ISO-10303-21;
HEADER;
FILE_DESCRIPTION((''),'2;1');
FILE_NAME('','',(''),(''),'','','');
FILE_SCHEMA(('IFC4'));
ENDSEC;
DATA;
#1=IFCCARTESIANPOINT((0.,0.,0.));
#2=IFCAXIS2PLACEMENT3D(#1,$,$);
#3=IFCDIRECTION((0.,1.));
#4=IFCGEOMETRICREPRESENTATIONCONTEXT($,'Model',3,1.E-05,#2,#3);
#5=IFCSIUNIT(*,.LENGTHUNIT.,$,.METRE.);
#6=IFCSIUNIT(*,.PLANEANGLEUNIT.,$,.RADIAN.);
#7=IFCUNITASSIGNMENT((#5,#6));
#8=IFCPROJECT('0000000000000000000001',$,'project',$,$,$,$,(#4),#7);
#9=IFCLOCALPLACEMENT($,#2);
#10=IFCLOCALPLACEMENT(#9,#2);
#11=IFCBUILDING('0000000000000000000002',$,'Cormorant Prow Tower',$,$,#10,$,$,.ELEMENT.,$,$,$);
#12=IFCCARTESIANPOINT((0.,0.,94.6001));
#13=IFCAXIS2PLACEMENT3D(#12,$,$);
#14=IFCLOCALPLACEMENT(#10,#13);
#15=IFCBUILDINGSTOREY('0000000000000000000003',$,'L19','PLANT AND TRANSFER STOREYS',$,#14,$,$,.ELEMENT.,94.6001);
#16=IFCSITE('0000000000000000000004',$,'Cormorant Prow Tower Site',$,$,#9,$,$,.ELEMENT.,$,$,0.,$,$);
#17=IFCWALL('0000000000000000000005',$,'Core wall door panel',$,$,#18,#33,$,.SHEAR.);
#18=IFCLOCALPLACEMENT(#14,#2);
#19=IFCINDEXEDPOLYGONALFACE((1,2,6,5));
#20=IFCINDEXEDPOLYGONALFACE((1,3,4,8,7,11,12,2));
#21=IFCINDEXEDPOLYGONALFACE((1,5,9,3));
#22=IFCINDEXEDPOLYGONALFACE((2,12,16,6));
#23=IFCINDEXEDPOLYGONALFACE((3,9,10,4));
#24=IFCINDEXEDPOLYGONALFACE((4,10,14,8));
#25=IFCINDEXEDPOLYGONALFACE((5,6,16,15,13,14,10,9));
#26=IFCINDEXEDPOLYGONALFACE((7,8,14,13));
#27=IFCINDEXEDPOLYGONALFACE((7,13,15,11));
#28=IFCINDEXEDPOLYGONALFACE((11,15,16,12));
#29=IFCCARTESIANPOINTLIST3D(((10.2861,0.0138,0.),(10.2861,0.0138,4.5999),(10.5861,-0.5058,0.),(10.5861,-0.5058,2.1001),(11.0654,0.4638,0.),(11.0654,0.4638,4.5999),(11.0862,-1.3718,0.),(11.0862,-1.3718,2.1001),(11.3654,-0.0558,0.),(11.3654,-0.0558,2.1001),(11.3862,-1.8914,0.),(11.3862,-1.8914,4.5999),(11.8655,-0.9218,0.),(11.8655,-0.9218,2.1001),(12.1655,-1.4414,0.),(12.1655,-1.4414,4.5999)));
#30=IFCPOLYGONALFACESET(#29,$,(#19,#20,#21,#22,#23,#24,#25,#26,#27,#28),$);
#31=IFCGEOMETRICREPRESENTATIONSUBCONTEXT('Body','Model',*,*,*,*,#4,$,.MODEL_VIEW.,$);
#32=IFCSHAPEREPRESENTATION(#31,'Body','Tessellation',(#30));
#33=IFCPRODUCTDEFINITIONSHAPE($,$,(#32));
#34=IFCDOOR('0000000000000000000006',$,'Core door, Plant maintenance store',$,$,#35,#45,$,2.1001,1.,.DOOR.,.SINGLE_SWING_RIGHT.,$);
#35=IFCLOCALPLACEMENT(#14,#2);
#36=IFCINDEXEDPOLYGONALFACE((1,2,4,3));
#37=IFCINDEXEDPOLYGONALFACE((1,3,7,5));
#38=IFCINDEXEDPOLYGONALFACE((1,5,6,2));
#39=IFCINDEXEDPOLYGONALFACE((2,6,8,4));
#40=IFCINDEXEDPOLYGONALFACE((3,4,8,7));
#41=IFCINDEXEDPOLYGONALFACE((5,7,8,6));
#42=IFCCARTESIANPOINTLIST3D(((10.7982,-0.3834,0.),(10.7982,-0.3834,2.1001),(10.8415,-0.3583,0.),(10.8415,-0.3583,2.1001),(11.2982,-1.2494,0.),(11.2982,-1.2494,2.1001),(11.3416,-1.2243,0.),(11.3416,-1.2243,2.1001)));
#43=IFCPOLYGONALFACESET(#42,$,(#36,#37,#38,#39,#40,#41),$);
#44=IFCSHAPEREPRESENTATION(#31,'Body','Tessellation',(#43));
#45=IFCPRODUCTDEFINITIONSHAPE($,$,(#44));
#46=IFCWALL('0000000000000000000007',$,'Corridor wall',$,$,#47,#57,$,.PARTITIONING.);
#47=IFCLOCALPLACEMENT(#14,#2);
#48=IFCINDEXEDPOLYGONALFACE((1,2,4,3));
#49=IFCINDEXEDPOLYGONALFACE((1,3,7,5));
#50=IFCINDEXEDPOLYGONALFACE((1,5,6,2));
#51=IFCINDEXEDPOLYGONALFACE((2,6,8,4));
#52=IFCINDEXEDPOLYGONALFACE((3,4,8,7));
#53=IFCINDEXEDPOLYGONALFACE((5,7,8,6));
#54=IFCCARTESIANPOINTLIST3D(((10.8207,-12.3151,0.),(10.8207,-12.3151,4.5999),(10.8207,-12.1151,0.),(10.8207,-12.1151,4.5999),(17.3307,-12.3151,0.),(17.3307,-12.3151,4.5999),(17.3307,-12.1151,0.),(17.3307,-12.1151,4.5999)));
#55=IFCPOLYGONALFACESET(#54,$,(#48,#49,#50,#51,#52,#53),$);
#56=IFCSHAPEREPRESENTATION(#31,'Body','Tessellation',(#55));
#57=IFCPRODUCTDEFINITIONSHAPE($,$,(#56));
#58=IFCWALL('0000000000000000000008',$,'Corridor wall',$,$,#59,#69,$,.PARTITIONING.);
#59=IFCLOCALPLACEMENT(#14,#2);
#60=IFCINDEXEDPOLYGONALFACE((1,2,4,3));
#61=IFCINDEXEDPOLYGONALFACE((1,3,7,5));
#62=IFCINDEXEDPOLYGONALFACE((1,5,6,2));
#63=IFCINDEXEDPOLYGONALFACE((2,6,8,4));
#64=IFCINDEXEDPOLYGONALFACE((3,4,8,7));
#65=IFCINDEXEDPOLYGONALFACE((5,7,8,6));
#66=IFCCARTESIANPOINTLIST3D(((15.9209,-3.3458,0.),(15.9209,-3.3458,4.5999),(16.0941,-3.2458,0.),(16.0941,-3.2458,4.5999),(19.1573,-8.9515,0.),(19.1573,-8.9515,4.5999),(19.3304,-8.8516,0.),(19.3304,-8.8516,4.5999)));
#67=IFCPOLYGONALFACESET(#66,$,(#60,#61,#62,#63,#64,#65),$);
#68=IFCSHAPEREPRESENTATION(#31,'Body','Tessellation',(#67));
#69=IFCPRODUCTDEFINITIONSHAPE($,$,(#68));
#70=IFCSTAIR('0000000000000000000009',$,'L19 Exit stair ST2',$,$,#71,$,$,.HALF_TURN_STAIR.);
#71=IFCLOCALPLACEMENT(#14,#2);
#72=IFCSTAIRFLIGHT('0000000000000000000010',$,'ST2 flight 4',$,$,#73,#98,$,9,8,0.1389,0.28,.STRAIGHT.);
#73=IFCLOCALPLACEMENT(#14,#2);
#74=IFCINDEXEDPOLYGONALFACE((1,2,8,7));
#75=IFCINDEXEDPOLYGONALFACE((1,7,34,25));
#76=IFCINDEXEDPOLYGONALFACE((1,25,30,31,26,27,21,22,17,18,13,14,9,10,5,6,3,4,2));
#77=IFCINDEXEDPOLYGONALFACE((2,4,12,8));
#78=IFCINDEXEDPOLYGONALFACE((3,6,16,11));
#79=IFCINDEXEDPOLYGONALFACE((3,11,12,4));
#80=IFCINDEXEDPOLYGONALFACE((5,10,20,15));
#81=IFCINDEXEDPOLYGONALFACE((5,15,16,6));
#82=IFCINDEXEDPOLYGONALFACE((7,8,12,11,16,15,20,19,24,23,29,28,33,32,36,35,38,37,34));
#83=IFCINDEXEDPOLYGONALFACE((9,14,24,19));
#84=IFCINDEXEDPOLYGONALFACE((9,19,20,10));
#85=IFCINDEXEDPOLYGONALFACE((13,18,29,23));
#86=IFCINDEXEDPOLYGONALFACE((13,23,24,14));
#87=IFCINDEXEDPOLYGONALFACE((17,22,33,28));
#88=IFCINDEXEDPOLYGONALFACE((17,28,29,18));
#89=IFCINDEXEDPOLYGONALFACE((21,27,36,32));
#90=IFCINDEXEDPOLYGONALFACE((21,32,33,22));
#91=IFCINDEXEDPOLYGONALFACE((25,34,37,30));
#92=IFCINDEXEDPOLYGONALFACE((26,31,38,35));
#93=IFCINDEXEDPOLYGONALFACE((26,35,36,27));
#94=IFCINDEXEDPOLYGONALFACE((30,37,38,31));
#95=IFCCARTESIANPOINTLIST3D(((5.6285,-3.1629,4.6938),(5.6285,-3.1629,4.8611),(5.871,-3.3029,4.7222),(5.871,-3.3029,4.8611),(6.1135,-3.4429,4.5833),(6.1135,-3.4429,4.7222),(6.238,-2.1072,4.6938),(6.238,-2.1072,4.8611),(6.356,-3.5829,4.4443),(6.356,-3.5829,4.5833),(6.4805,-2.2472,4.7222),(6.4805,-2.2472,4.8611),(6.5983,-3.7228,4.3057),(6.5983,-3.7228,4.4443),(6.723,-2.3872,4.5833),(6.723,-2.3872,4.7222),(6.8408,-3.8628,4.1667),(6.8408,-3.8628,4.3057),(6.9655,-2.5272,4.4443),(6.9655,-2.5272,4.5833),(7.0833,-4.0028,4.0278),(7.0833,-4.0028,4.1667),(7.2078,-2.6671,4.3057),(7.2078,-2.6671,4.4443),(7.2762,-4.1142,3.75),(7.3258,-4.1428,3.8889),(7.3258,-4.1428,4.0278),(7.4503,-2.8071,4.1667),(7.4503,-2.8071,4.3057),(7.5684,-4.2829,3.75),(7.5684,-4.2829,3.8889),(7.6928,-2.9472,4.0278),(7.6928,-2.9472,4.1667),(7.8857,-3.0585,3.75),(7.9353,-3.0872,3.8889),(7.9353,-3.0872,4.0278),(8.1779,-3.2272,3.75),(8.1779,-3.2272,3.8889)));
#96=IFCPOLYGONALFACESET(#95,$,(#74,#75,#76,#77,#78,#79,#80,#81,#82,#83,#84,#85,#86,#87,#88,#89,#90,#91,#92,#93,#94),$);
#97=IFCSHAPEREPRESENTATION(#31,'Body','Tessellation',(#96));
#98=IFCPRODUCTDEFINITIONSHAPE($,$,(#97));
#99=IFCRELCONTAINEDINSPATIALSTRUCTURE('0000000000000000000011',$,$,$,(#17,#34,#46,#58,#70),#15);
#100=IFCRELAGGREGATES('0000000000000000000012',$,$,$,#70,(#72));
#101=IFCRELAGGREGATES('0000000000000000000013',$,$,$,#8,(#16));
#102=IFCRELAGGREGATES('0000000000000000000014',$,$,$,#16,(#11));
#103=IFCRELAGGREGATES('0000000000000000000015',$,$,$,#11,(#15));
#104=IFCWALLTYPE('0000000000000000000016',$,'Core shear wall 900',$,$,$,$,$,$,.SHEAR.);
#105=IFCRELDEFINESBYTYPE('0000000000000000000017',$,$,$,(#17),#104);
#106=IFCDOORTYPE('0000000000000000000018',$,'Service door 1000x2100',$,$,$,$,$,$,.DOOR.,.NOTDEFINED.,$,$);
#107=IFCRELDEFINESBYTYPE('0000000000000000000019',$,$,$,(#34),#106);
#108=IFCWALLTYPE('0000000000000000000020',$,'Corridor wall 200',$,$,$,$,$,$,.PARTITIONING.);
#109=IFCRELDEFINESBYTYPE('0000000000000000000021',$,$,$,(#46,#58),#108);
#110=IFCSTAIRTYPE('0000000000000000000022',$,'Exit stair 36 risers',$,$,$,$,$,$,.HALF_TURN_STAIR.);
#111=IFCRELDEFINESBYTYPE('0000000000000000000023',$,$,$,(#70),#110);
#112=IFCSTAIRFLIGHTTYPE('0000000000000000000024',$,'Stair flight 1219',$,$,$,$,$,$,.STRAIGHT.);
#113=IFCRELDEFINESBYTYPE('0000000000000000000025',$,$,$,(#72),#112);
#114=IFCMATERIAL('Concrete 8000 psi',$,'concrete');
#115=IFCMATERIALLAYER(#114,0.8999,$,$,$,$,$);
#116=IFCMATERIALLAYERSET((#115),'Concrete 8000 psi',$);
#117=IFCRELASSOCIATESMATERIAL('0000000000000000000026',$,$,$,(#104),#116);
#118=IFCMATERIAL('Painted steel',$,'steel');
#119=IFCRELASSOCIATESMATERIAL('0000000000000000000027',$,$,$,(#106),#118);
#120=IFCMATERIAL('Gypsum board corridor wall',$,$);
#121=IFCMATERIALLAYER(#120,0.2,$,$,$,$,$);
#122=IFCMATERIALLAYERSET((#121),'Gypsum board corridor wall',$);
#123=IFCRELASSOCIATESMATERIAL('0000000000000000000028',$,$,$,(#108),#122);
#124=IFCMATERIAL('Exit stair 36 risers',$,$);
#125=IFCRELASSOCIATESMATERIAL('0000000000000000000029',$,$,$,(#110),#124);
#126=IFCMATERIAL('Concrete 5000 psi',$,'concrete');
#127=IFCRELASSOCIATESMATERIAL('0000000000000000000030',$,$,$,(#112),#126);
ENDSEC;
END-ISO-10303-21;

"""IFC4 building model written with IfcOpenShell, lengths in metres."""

from ifc_helpers import new_model, si_unit, direction, frame, frame_2d, origin, place, context, subcontext, project, spatial, polyline, rectangle, outline, extrude, material, layer, layer_set, type_object, element, fill, aggregate, save


model = new_model("IFC4")

# Units and contexts
model_context = context("Model", 3, precision=1e-05, world=origin(), true_north=direction((0.0, 1.0)))
body_context = subcontext(model_context, "Body", "Model", "MODEL_VIEW")
ifc_project = project(units=[si_unit("LENGTHUNIT", "METRE"), si_unit("PLANEANGLEUNIT", "RADIAN")], contexts=[model_context])

# Site, building, storey
site_placement = place(None, origin())
site = spatial("IfcSite", under=ifc_project, at=site_placement, Name="Cormorant Prow Tower Site", CompositionType="ELEMENT", RefElevation=0.0)
building_placement = place(site_placement, origin())
building = spatial("IfcBuilding", under=site, at=building_placement, Name="Cormorant Prow Tower", CompositionType="ELEMENT")
storey_placement = place(building_placement, frame((0.0, 0.0, 94.6001)))
storey = spatial("IfcBuildingStorey", under=building, at=storey_placement, Name="L19", Description="PLANT AND TRANSFER STOREYS", CompositionType="ELEMENT", Elevation=94.6001)

# Shared definitions
ifc_material_1 = material(Name="Concrete 8000 psi", Category="concrete")
ifc_layer_1 = layer(ifc_material_1, 0.8999)
ifc_layer_set_1 = layer_set([ifc_layer_1], Name="Concrete 8000 psi")
wall_type_1 = type_object("IfcWallType", Name="Core shear wall 900", PredefinedType="SHEAR", material=ifc_layer_set_1)

# Wall, opening, door
ifc_material_2 = material(Name="Painted steel", Category="steel")
door_type = type_object("IfcDoorType", Name="Service door 1000x2100", OperationType="NOTDEFINED", PredefinedType="DOOR", material=ifc_material_2)
wall_1_placement = place(storey_placement, frame((11.7759, -1.6665, 0.0), z_axis=(0.0, 0.0, 1.0), x_axis=(-0.50003, 0.866008, 0.0)))
wall_1 = element("IfcWall", 1, at=wall_1_placement, inside=storey, type_object=wall_type_1, Name="Core wall door panel", PredefinedType="SHEAR", context=body_context, shape_type="SweptSolid", body=[
    extrude(rectangle(XDim=2.2, YDim=0.8999, at=frame_2d((1.1001, 0.0))), origin(), (0.0, 0.0, 1.0), 4.5999),
])
opening_1_placement = place(wall_1_placement, frame((0.6001, 0.0, 0.0)))
opening_1 = element("IfcOpeningElement", 2, at=opening_1_placement, cuts=wall_1, PredefinedType="OPENING", context=body_context, shape_type="SweptSolid", body=[
    extrude(rectangle(XDim=1.0, YDim=2.1001, at=frame_2d((0.5, 1.05))), frame((0.0, 0.46, 0.0), z_axis=(0.0, -1.0, 0.0), x_axis=(1.0, 0.0, 0.0)), (0.0, 0.0, 1.0), 0.9199),
])
door_1_placement = place(opening_1_placement, origin())
door_1 = element("IfcDoor", 3, at=door_1_placement, inside=storey, type_object=door_type, Name="Core door, Plant maintenance store", OperationType="SINGLE_SWING_RIGHT", OverallHeight=2.1001, OverallWidth=1.0, PredefinedType="DOOR", context=body_context, shape_type="SweptSolid", body=[
    extrude(rectangle(XDim=1.0, YDim=2.1001, at=frame_2d((0.5, 1.05))), frame((0.0, 0.2051, 0.0), z_axis=(0.0, -1.0, 0.0), x_axis=(1.0, 0.0, 0.0)), (0.0, 0.0, 1.0), 0.05),
])
fill(opening_1, door_1)

# Walls
ifc_material_3 = material(Name="Gypsum board corridor wall")
ifc_layer_2 = layer(ifc_material_3, 0.2)
ifc_layer_set_2 = layer_set([ifc_layer_2], Name="Gypsum board corridor wall")
wall_type_2 = type_object("IfcWallType", Name="Corridor wall 200", PredefinedType="PARTITIONING", material=ifc_layer_set_2)
wall_2_placement = place(storey_placement, frame((10.8208, -12.2151, 0.0), z_axis=(0.0, 0.0, 1.0), x_axis=(1.0, 0.0, 0.0)))
element("IfcWall", 4, at=wall_2_placement, inside=storey, type_object=wall_type_2, Name="Corridor wall", PredefinedType="PARTITIONING", context=body_context, shape_type="SweptSolid", body=[
    extrude(rectangle(XDim=6.51, YDim=0.2, at=frame_2d((3.2549, 0.0))), origin(), (0.0, 0.0, 1.0), 4.5999),
])
wall_3_placement = place(storey_placement, frame((16.0076, -3.2959, 0.0), z_axis=(0.0, 0.0, 1.0), x_axis=(0.499985, -0.866034, 0.0)))
element("IfcWall", 5, at=wall_3_placement, inside=storey, type_object=wall_type_2, Name="Corridor wall", PredefinedType="PARTITIONING", context=body_context, shape_type="SweptSolid", body=[
    extrude(rectangle(XDim=6.4729, YDim=0.2, at=frame_2d((3.2363, 0.0))), origin(), (0.0, 0.0, 1.0), 4.5999),
])

# Stair, stair flight
ifc_material_4 = material(Name="Exit stair 36 risers")
stair_type = type_object("IfcStairType", Name="Exit stair 36 risers", PredefinedType="HALF_TURN_STAIR", material=ifc_material_4)
stair_placement = place(storey_placement, origin())
stair = element("IfcStair", 6, at=stair_placement, inside=storey, type_object=stair_type, Name="L19 Exit stair ST2", PredefinedType="HALF_TURN_STAIR")
ifc_material_5 = material(Name="Concrete 5000 psi", Category="concrete")
stair_flight_type = type_object("IfcStairFlightType", Name="Stair flight 1219", PredefinedType="STRAIGHT", material=ifc_material_5)
stair_flight_placement = place(storey_placement, frame((7.873, -3.7551, 3.75), z_axis=(0.0, 0.0, 1.0), x_axis=(-0.866025, 0.5, 0.0)))
stair_flight = element("IfcStairFlight", 7, at=stair_flight_placement, type_object=stair_flight_type, Name="ST2 flight 4", NumberOfRisers=9, NumberOfTreads=8, PredefinedType="STRAIGHT", RiserHeight=0.1389, TreadLength=0.28, context=body_context, shape_type="SweptSolid", body=[
    extrude(outline(polyline([(0.0, 0.0), (0.0, 0.1389), (0.28, 0.1389), (0.28, 0.2778), (0.5601, 0.2778), (0.5601, 0.4167), (0.8401, 0.4167), (0.8401, 0.5557), (1.1201, 0.5557), (1.1201, 0.6943), (1.3999, 0.6943), (1.3999, 0.8333), (1.6799, 0.8333), (1.6799, 0.9722), (1.96, 0.9722), (1.96, 1.1111), (2.24, 1.1111), (2.24, 1.25), (2.24, 0.9438), (0.3374, 0.0), (0.0, 0.0)])), frame((0.0, 0.6094, 0.0), z_axis=(0.0, -1.0, 0.0), x_axis=(1.0, 0.0, 0.0)), (0.0, 0.0, 1.0), 1.219),
])
aggregate(stair, [stair_flight])

save(model, "model.ifc")
